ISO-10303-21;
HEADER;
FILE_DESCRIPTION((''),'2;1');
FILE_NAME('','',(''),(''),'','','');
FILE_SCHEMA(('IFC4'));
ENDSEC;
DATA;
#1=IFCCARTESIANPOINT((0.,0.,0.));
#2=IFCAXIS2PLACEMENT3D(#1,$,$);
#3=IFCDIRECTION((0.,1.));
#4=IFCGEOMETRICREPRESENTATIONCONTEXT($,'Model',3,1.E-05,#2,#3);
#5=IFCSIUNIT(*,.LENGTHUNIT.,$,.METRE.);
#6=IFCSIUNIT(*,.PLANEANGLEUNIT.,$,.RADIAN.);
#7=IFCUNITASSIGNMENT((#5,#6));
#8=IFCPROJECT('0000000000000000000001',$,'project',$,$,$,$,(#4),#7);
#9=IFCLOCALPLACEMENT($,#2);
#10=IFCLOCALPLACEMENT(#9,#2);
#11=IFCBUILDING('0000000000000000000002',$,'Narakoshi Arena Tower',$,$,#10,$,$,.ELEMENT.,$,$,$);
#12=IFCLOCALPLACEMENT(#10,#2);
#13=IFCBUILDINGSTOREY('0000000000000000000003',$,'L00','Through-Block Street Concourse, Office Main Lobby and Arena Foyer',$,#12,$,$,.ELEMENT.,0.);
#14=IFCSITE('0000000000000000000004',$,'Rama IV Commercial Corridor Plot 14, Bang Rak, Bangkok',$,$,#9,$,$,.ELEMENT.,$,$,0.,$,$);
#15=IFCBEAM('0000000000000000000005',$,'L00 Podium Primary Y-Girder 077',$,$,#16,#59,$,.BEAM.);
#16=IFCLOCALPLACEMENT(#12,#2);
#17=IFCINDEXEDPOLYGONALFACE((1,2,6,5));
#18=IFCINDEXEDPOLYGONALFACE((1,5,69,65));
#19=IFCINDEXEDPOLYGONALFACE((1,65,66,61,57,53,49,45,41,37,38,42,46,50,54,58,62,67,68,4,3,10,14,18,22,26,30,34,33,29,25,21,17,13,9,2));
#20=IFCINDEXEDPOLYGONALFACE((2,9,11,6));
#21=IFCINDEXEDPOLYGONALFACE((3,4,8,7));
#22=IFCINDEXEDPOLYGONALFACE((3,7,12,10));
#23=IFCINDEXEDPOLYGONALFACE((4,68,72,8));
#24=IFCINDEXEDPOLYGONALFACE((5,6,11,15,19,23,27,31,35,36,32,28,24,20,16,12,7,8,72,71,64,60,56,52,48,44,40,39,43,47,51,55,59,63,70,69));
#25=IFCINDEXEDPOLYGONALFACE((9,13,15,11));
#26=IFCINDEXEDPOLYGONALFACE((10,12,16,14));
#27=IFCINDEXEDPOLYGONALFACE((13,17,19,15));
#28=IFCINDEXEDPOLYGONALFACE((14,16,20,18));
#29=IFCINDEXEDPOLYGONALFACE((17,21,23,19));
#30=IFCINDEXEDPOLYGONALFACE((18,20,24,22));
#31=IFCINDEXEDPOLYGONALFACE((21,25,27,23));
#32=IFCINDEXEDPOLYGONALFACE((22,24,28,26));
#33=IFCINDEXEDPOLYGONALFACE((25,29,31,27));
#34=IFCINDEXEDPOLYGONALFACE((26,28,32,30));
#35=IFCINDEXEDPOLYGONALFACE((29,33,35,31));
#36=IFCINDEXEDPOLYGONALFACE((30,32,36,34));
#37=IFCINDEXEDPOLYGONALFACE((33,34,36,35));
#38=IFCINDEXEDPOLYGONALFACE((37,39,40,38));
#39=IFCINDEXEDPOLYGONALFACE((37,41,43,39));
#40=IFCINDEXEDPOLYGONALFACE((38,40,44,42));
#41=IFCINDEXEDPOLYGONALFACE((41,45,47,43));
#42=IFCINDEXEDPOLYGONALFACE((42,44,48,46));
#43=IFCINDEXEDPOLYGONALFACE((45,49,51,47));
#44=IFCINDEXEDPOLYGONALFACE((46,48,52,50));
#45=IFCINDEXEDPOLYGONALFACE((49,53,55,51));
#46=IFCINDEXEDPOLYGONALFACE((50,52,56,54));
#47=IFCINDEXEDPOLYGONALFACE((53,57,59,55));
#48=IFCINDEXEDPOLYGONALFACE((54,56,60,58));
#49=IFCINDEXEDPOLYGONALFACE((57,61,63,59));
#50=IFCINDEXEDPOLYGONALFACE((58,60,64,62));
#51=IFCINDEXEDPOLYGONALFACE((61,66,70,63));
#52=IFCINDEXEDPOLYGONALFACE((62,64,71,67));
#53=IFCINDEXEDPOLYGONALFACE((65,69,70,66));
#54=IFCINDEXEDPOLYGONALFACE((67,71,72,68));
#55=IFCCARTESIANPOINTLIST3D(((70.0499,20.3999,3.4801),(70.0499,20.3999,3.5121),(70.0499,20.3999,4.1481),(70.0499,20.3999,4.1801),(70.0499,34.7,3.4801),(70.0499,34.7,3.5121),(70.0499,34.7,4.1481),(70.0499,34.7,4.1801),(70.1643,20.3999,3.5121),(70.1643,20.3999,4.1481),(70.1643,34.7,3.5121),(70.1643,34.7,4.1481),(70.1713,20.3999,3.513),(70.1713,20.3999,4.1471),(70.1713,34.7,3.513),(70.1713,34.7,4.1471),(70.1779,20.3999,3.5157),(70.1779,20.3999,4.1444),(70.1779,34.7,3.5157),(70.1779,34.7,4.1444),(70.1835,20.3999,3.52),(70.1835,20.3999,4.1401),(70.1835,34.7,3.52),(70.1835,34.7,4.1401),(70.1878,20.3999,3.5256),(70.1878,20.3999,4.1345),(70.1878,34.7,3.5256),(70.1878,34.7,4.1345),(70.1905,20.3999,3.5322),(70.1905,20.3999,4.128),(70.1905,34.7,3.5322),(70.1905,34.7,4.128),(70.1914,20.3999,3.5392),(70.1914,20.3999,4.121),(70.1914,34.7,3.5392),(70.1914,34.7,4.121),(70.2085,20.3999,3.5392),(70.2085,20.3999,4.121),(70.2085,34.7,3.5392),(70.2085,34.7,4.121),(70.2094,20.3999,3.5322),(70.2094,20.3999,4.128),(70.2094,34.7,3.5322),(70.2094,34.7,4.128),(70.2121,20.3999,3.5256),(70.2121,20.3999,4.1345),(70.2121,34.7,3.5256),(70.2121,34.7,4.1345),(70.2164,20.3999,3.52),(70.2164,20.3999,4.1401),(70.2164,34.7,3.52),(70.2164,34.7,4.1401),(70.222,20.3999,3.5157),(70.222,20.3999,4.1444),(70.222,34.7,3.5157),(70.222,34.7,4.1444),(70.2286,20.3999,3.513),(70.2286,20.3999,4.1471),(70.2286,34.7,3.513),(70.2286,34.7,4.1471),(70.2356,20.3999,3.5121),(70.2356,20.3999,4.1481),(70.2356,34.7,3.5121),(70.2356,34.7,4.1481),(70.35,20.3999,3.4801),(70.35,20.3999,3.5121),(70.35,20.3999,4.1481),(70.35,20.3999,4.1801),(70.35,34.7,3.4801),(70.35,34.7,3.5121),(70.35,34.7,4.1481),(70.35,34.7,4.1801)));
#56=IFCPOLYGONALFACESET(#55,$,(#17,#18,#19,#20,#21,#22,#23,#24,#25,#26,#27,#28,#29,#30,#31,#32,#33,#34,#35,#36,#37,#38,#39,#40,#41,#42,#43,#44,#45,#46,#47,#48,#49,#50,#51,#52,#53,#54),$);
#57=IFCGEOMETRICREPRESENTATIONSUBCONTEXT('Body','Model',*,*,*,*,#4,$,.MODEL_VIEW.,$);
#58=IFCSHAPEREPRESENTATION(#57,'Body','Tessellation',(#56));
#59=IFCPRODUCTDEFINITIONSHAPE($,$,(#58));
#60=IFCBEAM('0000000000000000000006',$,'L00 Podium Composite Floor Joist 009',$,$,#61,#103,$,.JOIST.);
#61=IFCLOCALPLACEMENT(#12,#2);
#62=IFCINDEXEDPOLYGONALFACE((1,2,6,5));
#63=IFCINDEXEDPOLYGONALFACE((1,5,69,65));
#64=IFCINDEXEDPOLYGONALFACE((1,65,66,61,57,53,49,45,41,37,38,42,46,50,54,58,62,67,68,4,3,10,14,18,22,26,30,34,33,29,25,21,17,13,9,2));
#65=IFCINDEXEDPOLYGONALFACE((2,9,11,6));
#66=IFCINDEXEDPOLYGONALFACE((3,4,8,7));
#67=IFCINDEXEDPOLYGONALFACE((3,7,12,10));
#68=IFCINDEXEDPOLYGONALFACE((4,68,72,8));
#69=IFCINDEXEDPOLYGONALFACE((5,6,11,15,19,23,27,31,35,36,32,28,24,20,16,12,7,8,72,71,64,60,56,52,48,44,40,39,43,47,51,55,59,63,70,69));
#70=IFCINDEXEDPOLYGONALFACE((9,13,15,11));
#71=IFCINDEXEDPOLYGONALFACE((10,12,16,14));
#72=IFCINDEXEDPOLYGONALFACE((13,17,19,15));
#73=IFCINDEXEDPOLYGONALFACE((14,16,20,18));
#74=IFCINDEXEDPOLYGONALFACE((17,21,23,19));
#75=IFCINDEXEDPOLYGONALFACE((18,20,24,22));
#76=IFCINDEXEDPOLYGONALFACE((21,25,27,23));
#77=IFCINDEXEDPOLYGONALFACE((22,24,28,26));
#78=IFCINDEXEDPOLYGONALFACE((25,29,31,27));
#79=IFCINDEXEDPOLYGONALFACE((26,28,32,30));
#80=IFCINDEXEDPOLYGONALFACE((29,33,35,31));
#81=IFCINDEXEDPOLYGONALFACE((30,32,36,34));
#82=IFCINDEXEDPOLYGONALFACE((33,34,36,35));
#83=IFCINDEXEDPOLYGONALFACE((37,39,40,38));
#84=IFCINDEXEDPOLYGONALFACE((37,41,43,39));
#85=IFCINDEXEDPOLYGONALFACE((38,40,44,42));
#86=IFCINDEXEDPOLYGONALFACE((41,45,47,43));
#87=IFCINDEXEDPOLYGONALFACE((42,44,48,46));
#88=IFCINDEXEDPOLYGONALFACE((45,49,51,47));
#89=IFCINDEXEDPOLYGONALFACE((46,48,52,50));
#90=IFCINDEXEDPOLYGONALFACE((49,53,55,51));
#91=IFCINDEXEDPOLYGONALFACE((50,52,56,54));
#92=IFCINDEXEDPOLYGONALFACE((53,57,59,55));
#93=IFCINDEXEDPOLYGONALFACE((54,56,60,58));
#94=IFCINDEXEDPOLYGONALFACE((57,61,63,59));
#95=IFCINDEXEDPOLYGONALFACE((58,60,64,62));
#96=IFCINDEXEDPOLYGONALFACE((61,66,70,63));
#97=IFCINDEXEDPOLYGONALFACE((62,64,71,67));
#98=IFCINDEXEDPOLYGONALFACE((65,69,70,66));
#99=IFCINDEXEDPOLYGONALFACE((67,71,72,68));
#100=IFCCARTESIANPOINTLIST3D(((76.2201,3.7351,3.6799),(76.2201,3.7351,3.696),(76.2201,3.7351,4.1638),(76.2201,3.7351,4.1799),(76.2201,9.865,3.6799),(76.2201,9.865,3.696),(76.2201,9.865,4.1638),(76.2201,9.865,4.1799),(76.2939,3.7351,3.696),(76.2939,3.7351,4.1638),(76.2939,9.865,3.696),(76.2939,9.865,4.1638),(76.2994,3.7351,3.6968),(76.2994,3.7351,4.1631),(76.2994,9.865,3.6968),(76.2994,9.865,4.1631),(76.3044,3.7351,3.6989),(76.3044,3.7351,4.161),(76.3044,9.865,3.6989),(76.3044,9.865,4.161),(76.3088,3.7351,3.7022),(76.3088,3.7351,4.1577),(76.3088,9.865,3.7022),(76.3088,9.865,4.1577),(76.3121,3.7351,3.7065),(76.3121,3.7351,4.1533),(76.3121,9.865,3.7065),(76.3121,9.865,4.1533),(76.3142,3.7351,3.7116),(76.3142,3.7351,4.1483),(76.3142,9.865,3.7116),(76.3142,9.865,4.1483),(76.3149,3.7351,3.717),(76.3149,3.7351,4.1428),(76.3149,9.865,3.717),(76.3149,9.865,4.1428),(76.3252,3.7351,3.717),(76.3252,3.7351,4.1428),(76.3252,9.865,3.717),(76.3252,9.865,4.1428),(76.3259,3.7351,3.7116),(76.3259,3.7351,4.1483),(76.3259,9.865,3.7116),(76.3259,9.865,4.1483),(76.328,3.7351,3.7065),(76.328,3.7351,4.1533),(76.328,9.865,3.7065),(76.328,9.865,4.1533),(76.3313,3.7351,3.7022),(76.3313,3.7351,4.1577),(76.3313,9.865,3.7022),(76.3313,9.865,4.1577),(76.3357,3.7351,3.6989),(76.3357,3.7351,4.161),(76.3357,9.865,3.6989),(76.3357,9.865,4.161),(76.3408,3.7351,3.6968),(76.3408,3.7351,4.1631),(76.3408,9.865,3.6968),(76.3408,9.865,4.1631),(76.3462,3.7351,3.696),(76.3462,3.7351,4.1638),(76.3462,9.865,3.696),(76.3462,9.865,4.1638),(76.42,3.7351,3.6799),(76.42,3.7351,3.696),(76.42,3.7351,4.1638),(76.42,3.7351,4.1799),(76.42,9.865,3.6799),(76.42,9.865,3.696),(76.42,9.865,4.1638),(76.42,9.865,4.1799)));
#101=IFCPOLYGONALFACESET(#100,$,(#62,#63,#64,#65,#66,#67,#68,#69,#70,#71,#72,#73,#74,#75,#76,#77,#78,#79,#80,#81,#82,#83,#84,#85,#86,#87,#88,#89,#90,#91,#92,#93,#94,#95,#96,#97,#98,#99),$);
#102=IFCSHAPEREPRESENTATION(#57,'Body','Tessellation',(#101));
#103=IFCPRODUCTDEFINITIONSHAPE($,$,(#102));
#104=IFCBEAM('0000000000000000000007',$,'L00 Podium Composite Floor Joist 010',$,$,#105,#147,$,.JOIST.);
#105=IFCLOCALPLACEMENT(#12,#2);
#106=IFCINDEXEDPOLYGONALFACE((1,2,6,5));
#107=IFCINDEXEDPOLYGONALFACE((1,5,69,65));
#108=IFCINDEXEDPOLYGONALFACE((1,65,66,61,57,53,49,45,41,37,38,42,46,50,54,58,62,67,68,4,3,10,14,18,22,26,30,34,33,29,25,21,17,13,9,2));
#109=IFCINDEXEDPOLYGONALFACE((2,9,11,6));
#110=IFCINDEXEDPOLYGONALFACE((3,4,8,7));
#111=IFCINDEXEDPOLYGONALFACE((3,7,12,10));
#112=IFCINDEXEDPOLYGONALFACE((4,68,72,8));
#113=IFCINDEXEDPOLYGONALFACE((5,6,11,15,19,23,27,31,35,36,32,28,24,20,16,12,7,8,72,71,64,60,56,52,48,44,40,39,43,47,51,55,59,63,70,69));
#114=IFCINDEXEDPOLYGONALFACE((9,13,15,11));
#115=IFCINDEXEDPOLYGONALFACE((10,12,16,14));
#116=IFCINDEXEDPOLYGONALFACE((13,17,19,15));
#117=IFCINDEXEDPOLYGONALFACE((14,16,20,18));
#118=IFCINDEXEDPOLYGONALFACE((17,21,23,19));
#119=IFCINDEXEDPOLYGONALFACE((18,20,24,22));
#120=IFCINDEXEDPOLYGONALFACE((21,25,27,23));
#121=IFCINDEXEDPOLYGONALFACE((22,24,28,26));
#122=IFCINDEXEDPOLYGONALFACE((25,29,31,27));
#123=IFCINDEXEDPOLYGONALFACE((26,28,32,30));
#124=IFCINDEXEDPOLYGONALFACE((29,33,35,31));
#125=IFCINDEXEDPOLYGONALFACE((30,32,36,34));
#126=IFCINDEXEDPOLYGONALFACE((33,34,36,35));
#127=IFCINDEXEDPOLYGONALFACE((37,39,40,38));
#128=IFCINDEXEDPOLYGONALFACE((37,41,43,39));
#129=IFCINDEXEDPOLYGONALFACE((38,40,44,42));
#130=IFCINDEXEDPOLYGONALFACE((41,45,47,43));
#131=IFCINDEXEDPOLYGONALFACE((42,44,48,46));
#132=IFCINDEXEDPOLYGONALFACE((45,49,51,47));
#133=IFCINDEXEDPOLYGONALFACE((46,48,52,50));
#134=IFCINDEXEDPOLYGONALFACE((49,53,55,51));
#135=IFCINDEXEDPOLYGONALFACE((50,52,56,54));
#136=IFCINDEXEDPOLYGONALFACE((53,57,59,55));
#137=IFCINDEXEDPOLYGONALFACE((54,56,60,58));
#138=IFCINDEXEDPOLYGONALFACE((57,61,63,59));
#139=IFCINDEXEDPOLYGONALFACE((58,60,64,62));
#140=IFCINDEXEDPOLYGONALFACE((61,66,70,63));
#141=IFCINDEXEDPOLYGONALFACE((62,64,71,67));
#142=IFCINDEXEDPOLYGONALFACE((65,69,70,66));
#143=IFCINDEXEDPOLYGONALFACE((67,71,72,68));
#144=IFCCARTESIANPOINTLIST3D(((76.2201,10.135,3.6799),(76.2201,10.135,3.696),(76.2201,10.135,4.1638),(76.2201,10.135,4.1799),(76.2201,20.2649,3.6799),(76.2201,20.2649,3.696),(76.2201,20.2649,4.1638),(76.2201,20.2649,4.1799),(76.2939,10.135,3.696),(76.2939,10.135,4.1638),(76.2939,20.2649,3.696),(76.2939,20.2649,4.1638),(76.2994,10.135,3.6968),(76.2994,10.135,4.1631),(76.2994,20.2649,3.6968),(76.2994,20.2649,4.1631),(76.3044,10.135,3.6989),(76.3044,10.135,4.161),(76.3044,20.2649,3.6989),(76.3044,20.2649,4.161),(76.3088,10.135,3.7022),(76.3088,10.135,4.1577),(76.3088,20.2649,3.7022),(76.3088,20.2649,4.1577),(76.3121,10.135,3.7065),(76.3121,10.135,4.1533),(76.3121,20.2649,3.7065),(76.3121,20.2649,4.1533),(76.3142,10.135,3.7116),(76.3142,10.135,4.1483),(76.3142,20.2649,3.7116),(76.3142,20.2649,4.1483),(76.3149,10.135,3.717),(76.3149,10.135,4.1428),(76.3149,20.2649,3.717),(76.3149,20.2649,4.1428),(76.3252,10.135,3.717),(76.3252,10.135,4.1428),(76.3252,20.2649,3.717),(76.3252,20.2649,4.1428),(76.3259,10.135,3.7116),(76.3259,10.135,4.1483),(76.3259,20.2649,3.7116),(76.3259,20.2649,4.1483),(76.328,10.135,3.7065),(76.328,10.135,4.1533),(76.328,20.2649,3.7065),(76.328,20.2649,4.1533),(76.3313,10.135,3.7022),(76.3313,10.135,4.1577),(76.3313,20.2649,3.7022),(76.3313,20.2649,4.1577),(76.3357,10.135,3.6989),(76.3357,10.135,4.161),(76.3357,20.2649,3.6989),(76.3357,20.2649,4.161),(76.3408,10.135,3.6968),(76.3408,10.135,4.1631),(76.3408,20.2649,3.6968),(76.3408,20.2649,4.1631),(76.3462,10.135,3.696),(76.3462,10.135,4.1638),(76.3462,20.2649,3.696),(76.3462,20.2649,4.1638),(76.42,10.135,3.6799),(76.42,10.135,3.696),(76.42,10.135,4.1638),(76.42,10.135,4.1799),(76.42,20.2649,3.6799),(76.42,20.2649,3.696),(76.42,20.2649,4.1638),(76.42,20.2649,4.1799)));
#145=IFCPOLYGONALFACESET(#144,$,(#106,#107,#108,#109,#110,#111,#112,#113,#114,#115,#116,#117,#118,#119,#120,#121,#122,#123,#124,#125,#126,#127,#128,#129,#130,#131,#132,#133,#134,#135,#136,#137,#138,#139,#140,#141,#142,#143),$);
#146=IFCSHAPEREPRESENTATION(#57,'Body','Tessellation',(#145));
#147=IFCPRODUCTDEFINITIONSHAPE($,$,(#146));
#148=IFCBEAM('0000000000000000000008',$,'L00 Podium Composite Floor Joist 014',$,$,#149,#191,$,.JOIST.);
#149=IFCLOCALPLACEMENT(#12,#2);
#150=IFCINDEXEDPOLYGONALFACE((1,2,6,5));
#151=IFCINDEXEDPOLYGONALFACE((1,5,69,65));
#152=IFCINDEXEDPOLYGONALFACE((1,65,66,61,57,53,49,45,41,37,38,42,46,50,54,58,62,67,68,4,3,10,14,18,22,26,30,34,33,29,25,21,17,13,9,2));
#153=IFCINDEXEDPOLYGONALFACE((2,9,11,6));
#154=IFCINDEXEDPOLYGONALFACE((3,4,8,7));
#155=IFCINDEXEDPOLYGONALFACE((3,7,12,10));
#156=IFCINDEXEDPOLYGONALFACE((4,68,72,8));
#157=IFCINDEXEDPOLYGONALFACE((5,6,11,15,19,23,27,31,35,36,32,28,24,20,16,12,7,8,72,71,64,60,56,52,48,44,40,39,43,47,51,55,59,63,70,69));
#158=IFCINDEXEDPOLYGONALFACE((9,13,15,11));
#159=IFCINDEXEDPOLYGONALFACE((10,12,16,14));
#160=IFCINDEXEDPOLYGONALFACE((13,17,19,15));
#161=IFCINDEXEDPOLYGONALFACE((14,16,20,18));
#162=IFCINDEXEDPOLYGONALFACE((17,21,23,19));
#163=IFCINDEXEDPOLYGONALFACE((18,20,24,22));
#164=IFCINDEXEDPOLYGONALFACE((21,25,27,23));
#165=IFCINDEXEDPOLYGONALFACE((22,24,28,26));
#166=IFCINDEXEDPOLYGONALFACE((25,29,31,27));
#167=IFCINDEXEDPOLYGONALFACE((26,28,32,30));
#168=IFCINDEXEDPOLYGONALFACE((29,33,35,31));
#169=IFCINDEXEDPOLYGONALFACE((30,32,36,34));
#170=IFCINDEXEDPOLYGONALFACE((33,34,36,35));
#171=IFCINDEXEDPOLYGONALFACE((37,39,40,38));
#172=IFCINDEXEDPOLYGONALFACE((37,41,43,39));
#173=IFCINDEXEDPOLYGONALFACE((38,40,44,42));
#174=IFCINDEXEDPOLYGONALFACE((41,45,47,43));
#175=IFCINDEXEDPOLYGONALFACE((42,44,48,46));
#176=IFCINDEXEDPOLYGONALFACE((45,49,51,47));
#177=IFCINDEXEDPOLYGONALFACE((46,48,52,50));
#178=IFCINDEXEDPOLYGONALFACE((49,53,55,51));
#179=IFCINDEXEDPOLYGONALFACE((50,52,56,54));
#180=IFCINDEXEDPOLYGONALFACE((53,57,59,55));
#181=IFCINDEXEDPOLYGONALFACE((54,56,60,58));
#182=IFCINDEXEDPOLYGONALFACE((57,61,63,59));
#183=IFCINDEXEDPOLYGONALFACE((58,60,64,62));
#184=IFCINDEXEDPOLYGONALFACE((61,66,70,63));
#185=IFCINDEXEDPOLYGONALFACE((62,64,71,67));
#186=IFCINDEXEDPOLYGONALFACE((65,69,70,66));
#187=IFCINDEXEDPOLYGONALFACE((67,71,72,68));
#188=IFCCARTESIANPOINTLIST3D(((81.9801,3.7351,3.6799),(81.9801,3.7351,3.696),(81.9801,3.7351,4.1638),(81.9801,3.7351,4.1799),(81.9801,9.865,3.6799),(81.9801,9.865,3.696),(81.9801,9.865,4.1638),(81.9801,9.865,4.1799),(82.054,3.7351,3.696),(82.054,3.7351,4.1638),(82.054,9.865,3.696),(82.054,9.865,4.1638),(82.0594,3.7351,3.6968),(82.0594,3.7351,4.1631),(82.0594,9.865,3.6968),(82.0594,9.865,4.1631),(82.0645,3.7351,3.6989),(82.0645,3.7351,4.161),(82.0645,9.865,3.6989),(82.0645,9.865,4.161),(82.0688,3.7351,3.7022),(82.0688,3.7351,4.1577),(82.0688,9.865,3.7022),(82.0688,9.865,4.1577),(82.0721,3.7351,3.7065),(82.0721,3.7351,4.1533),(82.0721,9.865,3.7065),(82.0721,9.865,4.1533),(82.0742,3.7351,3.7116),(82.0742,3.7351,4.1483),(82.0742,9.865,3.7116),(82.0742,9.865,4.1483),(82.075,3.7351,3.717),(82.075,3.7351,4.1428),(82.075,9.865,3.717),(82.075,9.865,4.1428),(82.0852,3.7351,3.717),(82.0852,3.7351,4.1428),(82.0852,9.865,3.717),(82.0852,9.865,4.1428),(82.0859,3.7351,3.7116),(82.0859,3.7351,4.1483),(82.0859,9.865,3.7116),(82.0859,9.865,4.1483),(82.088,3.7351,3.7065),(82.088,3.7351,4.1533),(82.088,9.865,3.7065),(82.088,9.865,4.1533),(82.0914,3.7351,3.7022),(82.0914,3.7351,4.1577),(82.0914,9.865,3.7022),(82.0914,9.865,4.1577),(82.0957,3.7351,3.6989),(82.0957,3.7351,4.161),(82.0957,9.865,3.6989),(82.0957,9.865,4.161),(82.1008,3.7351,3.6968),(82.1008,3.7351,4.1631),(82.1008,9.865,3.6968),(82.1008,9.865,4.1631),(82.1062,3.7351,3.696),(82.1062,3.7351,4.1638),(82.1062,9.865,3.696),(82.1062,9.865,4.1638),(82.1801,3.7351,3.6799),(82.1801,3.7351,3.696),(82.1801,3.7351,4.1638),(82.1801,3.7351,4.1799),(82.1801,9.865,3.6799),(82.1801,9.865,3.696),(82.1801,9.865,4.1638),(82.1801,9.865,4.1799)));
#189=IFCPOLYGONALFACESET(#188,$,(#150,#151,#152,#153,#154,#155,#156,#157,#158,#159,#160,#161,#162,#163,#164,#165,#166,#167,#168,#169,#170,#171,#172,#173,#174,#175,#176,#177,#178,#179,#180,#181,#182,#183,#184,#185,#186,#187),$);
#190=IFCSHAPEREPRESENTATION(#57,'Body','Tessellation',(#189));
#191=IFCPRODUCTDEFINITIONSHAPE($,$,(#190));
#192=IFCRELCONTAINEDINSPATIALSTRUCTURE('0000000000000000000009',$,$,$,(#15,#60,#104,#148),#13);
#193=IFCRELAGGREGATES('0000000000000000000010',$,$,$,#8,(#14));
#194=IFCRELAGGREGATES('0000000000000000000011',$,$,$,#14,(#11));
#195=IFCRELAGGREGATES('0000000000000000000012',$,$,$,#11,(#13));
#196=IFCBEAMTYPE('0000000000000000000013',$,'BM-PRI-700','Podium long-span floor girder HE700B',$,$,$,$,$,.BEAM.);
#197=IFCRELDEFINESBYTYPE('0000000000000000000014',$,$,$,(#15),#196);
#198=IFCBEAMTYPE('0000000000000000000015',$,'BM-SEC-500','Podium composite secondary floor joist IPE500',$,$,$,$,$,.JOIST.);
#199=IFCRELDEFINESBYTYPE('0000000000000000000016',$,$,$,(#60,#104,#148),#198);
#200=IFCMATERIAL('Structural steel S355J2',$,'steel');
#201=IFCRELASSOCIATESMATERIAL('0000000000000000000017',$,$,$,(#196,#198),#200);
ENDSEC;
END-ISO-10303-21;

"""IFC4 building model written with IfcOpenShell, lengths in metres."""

from ifc_helpers import new_model, si_unit, direction, frame, origin, origin_2d, place, context, subcontext, project, spatial, i_section, extrude, material, material_profile, profile_set, type_object, element, save


model = new_model("IFC4")

# Units and contexts
model_context = context("Model", 3, precision=1e-05, world=origin(), true_north=direction((0.0, 1.0)))
body_context = subcontext(model_context, "Body", "Model", "MODEL_VIEW")
ifc_project = project(units=[si_unit("LENGTHUNIT", "METRE"), si_unit("PLANEANGLEUNIT", "RADIAN")], contexts=[model_context])

# Site, building, storey
site_placement = place(None, origin())
site = spatial("IfcSite", under=ifc_project, at=site_placement, Name="Rama IV Commercial Corridor Plot 14, Bang Rak, Bangkok", CompositionType="ELEMENT", RefElevation=0.0)
building_placement = place(site_placement, origin())
building = spatial("IfcBuilding", under=site, at=building_placement, Name="Narakoshi Arena Tower", CompositionType="ELEMENT")
storey_placement = place(building_placement, origin())
storey = spatial("IfcBuildingStorey", under=building, at=storey_placement, Name="L00", Description="Through-Block Street Concourse, Office Main Lobby and Arena Foyer", CompositionType="ELEMENT", Elevation=0.0)

# Beams
ifc_material_1 = material(Name="Structural steel S355J2", Category="steel")
ifc_material_profile_1 = material_profile(ifc_material_1, i_section(OverallWidth=0.3, OverallDepth=0.7, WebThickness=0.0171, FlangeThickness=0.032, FilletRadius=0.0271, at=origin_2d()), Name="HE700B")
ifc_profile_set_1 = profile_set([ifc_material_profile_1], Name="Structural steel S355J2")
beam_type_1 = type_object("IfcBeamType", Name="BM-PRI-700", Description="Podium long-span floor girder HE700B", PredefinedType="BEAM", material=ifc_profile_set_1)
beam_1_placement = place(storey_placement, frame((70.2, 20.3999, 3.8301), z_axis=(0.0, 1.0, 0.0), x_axis=(-1.0, 0.0, 0.0)))
element("IfcBeam", 1, at=beam_1_placement, inside=storey, type_object=beam_type_1, Name="L00 Podium Primary Y-Girder 077", PredefinedType="BEAM", context=body_context, shape_type="SweptSolid", body=[
    extrude(i_section(OverallWidth=0.3, OverallDepth=0.7, WebThickness=0.0171, FlangeThickness=0.032, FilletRadius=0.0271, at=origin_2d()), origin(), (0.0, 0.0, 1.0), 14.3),
])
ifc_material_profile_2 = material_profile(ifc_material_1, i_section(OverallWidth=0.2, OverallDepth=0.5, WebThickness=0.0103, FlangeThickness=0.0161, FilletRadius=0.021, at=origin_2d()), Name="IPE500")
ifc_profile_set_2 = profile_set([ifc_material_profile_2], Name="Structural steel S355J2")
beam_type_2 = type_object("IfcBeamType", Name="BM-SEC-500", Description="Podium composite secondary floor joist IPE500", PredefinedType="JOIST", material=ifc_profile_set_2)
beam_2_placement = place(storey_placement, frame((76.3201, 3.7351, 3.9299), z_axis=(0.0, 1.0, 0.0), x_axis=(-1.0, 0.0, 0.0)))
element("IfcBeam", 2, at=beam_2_placement, inside=storey, type_object=beam_type_2, Name="L00 Podium Composite Floor Joist 009", PredefinedType="JOIST", context=body_context, shape_type="SweptSolid", body=[
    extrude(i_section(OverallWidth=0.2, OverallDepth=0.5, WebThickness=0.0103, FlangeThickness=0.0161, FilletRadius=0.021, at=origin_2d()), origin(), (0.0, 0.0, 1.0), 6.1299),
])
beam_3_placement = place(storey_placement, frame((76.3201, 10.135, 3.9299), z_axis=(0.0, 1.0, 0.0), x_axis=(-1.0, 0.0, 0.0)))
element("IfcBeam", 3, at=beam_3_placement, inside=storey, type_object=beam_type_2, Name="L00 Podium Composite Floor Joist 010", PredefinedType="JOIST", context=body_context, shape_type="SweptSolid", body=[
    extrude(i_section(OverallWidth=0.2, OverallDepth=0.5, WebThickness=0.0103, FlangeThickness=0.0161, FilletRadius=0.021, at=origin_2d()), origin(), (0.0, 0.0, 1.0), 10.1299),
])
beam_4_placement = place(storey_placement, frame((82.0801, 3.7351, 3.9299), z_axis=(0.0, 1.0, 0.0), x_axis=(-1.0, 0.0, 0.0)))
element("IfcBeam", 4, at=beam_4_placement, inside=storey, type_object=beam_type_2, Name="L00 Podium Composite Floor Joist 014", PredefinedType="JOIST", context=body_context, shape_type="SweptSolid", body=[
    extrude(i_section(OverallWidth=0.2, OverallDepth=0.5, WebThickness=0.0103, FlangeThickness=0.0161, FilletRadius=0.021, at=origin_2d()), origin(), (0.0, 0.0, 1.0), 6.1299),
])

save(model, "model.ifc")
